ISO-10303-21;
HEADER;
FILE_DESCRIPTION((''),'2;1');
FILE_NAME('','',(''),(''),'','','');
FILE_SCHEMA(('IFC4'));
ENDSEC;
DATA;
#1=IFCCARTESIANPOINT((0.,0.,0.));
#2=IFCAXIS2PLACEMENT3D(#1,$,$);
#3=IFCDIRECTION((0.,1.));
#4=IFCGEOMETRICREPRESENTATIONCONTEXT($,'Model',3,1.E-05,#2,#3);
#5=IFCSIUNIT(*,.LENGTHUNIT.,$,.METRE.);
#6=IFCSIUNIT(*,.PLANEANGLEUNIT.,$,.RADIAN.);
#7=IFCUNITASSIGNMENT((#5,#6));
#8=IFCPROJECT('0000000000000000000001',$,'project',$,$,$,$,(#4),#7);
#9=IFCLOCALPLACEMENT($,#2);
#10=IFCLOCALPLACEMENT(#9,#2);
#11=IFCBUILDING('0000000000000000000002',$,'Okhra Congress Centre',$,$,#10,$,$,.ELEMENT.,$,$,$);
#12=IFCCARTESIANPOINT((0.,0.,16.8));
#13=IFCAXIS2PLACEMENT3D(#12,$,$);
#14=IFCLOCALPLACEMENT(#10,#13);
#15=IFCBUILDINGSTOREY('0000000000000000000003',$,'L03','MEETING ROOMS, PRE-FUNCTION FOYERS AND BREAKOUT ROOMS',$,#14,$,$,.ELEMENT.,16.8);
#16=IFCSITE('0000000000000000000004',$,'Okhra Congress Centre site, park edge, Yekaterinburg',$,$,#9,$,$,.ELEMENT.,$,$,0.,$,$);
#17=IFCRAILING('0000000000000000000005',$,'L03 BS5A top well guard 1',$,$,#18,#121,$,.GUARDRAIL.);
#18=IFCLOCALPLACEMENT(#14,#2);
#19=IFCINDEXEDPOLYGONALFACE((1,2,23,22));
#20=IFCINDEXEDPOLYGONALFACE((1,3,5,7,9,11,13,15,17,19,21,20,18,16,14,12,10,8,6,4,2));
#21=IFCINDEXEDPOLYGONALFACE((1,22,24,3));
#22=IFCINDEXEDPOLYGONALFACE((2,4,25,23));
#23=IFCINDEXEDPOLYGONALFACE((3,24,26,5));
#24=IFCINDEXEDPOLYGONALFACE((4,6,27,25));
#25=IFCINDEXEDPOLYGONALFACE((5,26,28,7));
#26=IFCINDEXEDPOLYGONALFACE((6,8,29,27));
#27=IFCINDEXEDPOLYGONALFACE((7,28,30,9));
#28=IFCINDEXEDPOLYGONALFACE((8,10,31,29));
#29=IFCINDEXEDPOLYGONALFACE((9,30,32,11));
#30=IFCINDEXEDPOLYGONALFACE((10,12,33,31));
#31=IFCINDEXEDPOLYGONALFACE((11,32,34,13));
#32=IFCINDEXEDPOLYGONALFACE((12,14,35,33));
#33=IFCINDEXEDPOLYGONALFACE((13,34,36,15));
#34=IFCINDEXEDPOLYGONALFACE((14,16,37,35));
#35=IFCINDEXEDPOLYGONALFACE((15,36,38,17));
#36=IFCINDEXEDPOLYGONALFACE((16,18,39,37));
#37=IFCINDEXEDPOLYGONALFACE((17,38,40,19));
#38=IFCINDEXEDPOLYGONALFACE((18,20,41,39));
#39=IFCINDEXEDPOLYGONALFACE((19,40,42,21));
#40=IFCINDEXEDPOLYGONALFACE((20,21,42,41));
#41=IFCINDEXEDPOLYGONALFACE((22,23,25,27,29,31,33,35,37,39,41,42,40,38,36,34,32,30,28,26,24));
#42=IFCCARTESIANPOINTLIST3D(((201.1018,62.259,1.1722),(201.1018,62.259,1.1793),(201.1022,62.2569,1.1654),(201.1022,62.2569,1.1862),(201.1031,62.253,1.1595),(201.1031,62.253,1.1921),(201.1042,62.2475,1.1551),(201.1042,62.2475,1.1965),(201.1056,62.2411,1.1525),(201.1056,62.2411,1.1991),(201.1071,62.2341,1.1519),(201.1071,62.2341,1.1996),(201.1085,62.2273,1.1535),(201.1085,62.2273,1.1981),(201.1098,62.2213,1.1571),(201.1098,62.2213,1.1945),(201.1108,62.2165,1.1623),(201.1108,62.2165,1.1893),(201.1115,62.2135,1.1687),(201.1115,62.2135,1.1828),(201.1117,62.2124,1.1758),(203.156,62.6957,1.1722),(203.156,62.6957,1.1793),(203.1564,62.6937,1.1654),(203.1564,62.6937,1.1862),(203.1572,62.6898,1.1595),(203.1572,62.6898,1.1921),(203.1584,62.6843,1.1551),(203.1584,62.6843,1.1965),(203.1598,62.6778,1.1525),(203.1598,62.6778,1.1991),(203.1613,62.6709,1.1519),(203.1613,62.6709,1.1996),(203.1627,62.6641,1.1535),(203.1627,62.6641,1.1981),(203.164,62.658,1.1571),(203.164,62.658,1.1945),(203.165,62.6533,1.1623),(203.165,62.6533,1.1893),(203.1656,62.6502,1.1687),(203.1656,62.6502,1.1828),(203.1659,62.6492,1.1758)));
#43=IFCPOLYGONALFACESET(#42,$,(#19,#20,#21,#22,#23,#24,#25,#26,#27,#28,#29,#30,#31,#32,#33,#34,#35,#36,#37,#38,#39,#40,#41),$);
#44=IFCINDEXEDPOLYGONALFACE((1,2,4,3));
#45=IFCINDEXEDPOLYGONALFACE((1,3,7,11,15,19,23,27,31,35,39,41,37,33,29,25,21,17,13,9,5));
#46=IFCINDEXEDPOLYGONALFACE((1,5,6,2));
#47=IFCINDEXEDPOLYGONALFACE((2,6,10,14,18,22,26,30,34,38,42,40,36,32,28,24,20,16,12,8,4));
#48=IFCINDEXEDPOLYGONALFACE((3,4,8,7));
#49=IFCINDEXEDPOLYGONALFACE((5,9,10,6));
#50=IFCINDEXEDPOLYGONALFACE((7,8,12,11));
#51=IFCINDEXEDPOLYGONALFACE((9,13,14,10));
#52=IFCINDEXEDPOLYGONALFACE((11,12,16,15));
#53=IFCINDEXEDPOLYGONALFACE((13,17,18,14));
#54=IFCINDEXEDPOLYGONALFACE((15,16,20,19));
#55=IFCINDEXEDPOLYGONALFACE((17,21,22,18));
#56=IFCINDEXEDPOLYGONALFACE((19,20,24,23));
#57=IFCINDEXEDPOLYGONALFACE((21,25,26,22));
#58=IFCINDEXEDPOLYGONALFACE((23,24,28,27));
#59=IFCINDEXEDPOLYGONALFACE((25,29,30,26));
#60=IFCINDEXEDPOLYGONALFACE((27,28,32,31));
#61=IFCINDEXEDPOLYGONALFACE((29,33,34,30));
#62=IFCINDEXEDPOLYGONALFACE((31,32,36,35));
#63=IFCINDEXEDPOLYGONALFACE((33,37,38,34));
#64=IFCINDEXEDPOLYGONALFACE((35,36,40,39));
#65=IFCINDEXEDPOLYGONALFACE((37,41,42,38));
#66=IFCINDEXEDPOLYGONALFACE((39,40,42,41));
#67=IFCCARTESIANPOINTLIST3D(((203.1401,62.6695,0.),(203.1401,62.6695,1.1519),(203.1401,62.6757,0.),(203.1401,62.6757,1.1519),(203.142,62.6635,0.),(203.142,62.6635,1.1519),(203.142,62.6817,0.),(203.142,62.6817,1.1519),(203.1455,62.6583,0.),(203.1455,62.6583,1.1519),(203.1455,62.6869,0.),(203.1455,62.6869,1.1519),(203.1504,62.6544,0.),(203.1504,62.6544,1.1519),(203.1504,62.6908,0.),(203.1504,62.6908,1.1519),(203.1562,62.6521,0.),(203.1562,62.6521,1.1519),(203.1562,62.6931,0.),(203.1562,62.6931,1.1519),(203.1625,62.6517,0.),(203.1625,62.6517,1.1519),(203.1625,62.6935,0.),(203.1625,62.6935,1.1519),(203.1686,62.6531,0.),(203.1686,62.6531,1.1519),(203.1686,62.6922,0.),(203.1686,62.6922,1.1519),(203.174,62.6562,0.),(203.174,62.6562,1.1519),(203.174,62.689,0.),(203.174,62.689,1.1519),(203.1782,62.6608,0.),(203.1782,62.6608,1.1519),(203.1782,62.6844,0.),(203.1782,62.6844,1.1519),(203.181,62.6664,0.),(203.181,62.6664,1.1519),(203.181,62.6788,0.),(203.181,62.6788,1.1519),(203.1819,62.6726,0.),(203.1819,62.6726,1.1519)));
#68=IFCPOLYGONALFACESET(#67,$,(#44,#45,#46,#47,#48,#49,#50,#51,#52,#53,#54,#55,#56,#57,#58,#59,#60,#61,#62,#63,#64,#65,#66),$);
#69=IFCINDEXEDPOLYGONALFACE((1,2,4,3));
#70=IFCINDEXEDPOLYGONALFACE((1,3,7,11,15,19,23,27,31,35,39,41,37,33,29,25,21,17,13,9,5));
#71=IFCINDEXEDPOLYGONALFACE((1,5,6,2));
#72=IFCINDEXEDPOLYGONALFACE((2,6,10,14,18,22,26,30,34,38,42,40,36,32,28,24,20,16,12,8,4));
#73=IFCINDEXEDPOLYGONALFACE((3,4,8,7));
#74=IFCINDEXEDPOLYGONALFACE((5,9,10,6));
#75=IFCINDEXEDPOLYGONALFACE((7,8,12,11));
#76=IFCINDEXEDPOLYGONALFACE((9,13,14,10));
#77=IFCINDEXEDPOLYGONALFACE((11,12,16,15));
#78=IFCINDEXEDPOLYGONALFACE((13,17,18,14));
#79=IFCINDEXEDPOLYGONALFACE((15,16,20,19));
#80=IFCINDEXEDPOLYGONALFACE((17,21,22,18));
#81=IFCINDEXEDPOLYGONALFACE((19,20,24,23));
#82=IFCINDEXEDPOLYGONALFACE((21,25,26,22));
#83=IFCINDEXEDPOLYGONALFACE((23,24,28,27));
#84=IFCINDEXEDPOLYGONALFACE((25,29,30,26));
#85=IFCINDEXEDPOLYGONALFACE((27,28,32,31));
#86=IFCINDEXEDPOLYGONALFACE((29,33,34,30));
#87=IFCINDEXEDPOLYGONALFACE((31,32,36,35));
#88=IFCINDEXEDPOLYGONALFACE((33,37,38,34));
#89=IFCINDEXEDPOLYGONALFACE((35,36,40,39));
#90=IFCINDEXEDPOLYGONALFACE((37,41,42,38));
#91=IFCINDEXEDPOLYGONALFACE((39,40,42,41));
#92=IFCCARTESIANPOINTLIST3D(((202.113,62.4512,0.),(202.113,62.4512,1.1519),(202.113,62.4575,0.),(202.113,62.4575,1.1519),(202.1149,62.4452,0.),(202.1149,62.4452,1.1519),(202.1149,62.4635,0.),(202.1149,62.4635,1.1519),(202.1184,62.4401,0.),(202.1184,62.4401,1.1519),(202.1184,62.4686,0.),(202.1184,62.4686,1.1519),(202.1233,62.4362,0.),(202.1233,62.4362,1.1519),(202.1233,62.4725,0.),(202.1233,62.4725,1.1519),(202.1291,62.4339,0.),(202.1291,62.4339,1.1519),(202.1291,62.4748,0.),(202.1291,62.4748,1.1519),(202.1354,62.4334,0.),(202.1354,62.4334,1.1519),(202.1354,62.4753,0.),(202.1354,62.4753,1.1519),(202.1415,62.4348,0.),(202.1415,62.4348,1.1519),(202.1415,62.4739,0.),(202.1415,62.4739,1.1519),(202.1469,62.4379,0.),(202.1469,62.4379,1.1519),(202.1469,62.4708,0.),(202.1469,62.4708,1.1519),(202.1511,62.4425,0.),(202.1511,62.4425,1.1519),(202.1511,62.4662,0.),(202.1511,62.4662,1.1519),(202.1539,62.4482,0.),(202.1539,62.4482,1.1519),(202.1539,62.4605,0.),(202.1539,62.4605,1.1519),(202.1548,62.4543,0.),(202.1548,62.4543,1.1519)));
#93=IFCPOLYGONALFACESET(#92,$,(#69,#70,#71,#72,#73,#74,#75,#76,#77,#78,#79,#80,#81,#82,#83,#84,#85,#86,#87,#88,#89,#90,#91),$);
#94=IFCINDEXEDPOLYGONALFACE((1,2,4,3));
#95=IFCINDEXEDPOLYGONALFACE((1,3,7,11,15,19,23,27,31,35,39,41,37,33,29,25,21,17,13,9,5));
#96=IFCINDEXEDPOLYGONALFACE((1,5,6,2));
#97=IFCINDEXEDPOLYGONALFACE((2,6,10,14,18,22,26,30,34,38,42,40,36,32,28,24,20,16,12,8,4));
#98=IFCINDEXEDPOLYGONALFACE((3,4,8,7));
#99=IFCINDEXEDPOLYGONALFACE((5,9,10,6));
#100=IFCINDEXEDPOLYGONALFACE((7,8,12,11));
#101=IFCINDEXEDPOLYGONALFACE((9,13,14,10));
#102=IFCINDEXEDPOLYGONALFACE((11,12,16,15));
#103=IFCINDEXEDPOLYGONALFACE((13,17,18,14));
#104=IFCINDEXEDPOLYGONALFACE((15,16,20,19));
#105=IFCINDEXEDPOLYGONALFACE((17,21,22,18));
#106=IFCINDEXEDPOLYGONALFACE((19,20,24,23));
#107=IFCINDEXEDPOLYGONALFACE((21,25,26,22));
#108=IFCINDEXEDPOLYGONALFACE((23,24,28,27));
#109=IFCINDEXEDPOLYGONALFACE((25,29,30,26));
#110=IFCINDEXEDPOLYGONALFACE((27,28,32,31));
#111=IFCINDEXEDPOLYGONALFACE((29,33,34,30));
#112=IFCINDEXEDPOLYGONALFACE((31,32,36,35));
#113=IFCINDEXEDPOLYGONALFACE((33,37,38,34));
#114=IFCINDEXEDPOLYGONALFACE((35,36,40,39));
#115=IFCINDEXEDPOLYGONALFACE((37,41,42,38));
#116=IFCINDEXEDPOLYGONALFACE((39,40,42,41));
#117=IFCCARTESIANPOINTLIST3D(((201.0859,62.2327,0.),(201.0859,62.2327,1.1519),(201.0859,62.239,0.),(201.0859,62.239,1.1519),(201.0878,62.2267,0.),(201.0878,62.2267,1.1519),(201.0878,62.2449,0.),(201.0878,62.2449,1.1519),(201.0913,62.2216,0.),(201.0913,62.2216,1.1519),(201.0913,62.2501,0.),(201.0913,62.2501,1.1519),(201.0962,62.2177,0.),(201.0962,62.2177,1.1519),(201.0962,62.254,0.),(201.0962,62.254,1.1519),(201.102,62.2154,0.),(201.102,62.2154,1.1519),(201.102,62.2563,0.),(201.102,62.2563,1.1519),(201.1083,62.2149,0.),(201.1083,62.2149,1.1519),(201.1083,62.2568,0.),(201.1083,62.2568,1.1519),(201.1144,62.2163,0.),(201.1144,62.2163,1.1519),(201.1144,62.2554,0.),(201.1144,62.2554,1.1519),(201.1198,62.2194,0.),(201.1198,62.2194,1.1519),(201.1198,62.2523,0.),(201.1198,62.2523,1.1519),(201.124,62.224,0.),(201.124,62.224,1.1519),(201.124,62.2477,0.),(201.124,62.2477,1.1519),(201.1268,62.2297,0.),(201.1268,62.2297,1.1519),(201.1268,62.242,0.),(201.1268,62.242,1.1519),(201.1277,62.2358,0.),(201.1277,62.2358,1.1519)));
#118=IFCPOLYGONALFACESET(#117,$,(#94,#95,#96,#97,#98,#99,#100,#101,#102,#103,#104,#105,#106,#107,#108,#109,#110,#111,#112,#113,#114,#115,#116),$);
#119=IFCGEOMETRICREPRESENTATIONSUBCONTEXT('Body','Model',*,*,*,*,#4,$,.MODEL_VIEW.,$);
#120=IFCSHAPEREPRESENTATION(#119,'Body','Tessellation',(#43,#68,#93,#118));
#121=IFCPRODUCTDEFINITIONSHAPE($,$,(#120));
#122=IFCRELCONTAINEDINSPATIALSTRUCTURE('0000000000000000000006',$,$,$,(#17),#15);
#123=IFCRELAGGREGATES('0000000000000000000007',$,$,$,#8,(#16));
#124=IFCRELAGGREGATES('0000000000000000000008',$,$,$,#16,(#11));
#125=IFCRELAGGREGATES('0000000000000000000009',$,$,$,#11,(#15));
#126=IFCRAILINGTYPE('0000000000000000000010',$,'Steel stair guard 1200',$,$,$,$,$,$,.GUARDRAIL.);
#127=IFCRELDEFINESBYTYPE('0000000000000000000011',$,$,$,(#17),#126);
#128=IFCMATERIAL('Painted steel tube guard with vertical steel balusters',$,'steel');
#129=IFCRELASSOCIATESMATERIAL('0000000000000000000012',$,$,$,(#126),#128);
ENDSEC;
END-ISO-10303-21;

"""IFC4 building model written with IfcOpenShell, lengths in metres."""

from ifc_helpers import new_model, si_unit, direction, frame, origin, origin_2d, place, context, subcontext, project, spatial, circle, extrude, material, type_object, element, save


model = new_model("IFC4")

# Units and contexts
model_context = context("Model", 3, precision=1e-05, world=origin(), true_north=direction((0.0, 1.0)))
body_context = subcontext(model_context, "Body", "Model", "MODEL_VIEW")
ifc_project = project(units=[si_unit("LENGTHUNIT", "METRE"), si_unit("PLANEANGLEUNIT", "RADIAN")], contexts=[model_context])

# Site, building, storey
site_placement = place(None, origin())
site = spatial("IfcSite", under=ifc_project, at=site_placement, Name="Okhra Congress Centre site, park edge, Yekaterinburg", CompositionType="ELEMENT", RefElevation=0.0)
building_placement = place(site_placement, origin())
building = spatial("IfcBuilding", under=site, at=building_placement, Name="Okhra Congress Centre", CompositionType="ELEMENT")
storey_placement = place(building_placement, frame((0.0, 0.0, 16.8)))
storey = spatial("IfcBuildingStorey", under=building, at=storey_placement, Name="L03", Description="MEETING ROOMS, PRE-FUNCTION FOYERS AND BREAKOUT ROOMS", CompositionType="ELEMENT", Elevation=16.8)

# Railing
ifc_material_1 = material(Name="Painted steel tube guard with vertical steel balusters", Category="steel")
railing_type = type_object("IfcRailingType", Name="Steel stair guard 1200", PredefinedType="GUARDRAIL", material=ifc_material_1)
railing_placement = place(storey_placement, frame((203.1609, 62.6726, 0.0)))
element("IfcRailing", 1, at=railing_placement, inside=storey, type_object=railing_type, Name="L03 BS5A top well guard 1", PredefinedType="GUARDRAIL", context=body_context, shape_type="SweptSolid", body=[
    extrude(circle(Radius=0.0239, at=origin_2d()), frame((0.0, 0.0, 1.1758), z_axis=(-0.978135, -0.207973, 0.0), x_axis=(0.207973, -0.978135, 0.0)), (0.0, 0.0, 1.0), 2.1001),
    extrude(circle(Radius=0.021, at=origin_2d()), origin(), (0.0, 0.0, 1.0), 1.1519),
    extrude(circle(Radius=0.021, at=origin_2d()), frame((-1.0271, -0.2183, 0.0)), (0.0, 0.0, 1.0), 1.1519),
    extrude(circle(Radius=0.021, at=origin_2d()), frame((-2.0542, -0.4368, 0.0)), (0.0, 0.0, 1.0), 1.1519),
])

save(model, "model.ifc")
